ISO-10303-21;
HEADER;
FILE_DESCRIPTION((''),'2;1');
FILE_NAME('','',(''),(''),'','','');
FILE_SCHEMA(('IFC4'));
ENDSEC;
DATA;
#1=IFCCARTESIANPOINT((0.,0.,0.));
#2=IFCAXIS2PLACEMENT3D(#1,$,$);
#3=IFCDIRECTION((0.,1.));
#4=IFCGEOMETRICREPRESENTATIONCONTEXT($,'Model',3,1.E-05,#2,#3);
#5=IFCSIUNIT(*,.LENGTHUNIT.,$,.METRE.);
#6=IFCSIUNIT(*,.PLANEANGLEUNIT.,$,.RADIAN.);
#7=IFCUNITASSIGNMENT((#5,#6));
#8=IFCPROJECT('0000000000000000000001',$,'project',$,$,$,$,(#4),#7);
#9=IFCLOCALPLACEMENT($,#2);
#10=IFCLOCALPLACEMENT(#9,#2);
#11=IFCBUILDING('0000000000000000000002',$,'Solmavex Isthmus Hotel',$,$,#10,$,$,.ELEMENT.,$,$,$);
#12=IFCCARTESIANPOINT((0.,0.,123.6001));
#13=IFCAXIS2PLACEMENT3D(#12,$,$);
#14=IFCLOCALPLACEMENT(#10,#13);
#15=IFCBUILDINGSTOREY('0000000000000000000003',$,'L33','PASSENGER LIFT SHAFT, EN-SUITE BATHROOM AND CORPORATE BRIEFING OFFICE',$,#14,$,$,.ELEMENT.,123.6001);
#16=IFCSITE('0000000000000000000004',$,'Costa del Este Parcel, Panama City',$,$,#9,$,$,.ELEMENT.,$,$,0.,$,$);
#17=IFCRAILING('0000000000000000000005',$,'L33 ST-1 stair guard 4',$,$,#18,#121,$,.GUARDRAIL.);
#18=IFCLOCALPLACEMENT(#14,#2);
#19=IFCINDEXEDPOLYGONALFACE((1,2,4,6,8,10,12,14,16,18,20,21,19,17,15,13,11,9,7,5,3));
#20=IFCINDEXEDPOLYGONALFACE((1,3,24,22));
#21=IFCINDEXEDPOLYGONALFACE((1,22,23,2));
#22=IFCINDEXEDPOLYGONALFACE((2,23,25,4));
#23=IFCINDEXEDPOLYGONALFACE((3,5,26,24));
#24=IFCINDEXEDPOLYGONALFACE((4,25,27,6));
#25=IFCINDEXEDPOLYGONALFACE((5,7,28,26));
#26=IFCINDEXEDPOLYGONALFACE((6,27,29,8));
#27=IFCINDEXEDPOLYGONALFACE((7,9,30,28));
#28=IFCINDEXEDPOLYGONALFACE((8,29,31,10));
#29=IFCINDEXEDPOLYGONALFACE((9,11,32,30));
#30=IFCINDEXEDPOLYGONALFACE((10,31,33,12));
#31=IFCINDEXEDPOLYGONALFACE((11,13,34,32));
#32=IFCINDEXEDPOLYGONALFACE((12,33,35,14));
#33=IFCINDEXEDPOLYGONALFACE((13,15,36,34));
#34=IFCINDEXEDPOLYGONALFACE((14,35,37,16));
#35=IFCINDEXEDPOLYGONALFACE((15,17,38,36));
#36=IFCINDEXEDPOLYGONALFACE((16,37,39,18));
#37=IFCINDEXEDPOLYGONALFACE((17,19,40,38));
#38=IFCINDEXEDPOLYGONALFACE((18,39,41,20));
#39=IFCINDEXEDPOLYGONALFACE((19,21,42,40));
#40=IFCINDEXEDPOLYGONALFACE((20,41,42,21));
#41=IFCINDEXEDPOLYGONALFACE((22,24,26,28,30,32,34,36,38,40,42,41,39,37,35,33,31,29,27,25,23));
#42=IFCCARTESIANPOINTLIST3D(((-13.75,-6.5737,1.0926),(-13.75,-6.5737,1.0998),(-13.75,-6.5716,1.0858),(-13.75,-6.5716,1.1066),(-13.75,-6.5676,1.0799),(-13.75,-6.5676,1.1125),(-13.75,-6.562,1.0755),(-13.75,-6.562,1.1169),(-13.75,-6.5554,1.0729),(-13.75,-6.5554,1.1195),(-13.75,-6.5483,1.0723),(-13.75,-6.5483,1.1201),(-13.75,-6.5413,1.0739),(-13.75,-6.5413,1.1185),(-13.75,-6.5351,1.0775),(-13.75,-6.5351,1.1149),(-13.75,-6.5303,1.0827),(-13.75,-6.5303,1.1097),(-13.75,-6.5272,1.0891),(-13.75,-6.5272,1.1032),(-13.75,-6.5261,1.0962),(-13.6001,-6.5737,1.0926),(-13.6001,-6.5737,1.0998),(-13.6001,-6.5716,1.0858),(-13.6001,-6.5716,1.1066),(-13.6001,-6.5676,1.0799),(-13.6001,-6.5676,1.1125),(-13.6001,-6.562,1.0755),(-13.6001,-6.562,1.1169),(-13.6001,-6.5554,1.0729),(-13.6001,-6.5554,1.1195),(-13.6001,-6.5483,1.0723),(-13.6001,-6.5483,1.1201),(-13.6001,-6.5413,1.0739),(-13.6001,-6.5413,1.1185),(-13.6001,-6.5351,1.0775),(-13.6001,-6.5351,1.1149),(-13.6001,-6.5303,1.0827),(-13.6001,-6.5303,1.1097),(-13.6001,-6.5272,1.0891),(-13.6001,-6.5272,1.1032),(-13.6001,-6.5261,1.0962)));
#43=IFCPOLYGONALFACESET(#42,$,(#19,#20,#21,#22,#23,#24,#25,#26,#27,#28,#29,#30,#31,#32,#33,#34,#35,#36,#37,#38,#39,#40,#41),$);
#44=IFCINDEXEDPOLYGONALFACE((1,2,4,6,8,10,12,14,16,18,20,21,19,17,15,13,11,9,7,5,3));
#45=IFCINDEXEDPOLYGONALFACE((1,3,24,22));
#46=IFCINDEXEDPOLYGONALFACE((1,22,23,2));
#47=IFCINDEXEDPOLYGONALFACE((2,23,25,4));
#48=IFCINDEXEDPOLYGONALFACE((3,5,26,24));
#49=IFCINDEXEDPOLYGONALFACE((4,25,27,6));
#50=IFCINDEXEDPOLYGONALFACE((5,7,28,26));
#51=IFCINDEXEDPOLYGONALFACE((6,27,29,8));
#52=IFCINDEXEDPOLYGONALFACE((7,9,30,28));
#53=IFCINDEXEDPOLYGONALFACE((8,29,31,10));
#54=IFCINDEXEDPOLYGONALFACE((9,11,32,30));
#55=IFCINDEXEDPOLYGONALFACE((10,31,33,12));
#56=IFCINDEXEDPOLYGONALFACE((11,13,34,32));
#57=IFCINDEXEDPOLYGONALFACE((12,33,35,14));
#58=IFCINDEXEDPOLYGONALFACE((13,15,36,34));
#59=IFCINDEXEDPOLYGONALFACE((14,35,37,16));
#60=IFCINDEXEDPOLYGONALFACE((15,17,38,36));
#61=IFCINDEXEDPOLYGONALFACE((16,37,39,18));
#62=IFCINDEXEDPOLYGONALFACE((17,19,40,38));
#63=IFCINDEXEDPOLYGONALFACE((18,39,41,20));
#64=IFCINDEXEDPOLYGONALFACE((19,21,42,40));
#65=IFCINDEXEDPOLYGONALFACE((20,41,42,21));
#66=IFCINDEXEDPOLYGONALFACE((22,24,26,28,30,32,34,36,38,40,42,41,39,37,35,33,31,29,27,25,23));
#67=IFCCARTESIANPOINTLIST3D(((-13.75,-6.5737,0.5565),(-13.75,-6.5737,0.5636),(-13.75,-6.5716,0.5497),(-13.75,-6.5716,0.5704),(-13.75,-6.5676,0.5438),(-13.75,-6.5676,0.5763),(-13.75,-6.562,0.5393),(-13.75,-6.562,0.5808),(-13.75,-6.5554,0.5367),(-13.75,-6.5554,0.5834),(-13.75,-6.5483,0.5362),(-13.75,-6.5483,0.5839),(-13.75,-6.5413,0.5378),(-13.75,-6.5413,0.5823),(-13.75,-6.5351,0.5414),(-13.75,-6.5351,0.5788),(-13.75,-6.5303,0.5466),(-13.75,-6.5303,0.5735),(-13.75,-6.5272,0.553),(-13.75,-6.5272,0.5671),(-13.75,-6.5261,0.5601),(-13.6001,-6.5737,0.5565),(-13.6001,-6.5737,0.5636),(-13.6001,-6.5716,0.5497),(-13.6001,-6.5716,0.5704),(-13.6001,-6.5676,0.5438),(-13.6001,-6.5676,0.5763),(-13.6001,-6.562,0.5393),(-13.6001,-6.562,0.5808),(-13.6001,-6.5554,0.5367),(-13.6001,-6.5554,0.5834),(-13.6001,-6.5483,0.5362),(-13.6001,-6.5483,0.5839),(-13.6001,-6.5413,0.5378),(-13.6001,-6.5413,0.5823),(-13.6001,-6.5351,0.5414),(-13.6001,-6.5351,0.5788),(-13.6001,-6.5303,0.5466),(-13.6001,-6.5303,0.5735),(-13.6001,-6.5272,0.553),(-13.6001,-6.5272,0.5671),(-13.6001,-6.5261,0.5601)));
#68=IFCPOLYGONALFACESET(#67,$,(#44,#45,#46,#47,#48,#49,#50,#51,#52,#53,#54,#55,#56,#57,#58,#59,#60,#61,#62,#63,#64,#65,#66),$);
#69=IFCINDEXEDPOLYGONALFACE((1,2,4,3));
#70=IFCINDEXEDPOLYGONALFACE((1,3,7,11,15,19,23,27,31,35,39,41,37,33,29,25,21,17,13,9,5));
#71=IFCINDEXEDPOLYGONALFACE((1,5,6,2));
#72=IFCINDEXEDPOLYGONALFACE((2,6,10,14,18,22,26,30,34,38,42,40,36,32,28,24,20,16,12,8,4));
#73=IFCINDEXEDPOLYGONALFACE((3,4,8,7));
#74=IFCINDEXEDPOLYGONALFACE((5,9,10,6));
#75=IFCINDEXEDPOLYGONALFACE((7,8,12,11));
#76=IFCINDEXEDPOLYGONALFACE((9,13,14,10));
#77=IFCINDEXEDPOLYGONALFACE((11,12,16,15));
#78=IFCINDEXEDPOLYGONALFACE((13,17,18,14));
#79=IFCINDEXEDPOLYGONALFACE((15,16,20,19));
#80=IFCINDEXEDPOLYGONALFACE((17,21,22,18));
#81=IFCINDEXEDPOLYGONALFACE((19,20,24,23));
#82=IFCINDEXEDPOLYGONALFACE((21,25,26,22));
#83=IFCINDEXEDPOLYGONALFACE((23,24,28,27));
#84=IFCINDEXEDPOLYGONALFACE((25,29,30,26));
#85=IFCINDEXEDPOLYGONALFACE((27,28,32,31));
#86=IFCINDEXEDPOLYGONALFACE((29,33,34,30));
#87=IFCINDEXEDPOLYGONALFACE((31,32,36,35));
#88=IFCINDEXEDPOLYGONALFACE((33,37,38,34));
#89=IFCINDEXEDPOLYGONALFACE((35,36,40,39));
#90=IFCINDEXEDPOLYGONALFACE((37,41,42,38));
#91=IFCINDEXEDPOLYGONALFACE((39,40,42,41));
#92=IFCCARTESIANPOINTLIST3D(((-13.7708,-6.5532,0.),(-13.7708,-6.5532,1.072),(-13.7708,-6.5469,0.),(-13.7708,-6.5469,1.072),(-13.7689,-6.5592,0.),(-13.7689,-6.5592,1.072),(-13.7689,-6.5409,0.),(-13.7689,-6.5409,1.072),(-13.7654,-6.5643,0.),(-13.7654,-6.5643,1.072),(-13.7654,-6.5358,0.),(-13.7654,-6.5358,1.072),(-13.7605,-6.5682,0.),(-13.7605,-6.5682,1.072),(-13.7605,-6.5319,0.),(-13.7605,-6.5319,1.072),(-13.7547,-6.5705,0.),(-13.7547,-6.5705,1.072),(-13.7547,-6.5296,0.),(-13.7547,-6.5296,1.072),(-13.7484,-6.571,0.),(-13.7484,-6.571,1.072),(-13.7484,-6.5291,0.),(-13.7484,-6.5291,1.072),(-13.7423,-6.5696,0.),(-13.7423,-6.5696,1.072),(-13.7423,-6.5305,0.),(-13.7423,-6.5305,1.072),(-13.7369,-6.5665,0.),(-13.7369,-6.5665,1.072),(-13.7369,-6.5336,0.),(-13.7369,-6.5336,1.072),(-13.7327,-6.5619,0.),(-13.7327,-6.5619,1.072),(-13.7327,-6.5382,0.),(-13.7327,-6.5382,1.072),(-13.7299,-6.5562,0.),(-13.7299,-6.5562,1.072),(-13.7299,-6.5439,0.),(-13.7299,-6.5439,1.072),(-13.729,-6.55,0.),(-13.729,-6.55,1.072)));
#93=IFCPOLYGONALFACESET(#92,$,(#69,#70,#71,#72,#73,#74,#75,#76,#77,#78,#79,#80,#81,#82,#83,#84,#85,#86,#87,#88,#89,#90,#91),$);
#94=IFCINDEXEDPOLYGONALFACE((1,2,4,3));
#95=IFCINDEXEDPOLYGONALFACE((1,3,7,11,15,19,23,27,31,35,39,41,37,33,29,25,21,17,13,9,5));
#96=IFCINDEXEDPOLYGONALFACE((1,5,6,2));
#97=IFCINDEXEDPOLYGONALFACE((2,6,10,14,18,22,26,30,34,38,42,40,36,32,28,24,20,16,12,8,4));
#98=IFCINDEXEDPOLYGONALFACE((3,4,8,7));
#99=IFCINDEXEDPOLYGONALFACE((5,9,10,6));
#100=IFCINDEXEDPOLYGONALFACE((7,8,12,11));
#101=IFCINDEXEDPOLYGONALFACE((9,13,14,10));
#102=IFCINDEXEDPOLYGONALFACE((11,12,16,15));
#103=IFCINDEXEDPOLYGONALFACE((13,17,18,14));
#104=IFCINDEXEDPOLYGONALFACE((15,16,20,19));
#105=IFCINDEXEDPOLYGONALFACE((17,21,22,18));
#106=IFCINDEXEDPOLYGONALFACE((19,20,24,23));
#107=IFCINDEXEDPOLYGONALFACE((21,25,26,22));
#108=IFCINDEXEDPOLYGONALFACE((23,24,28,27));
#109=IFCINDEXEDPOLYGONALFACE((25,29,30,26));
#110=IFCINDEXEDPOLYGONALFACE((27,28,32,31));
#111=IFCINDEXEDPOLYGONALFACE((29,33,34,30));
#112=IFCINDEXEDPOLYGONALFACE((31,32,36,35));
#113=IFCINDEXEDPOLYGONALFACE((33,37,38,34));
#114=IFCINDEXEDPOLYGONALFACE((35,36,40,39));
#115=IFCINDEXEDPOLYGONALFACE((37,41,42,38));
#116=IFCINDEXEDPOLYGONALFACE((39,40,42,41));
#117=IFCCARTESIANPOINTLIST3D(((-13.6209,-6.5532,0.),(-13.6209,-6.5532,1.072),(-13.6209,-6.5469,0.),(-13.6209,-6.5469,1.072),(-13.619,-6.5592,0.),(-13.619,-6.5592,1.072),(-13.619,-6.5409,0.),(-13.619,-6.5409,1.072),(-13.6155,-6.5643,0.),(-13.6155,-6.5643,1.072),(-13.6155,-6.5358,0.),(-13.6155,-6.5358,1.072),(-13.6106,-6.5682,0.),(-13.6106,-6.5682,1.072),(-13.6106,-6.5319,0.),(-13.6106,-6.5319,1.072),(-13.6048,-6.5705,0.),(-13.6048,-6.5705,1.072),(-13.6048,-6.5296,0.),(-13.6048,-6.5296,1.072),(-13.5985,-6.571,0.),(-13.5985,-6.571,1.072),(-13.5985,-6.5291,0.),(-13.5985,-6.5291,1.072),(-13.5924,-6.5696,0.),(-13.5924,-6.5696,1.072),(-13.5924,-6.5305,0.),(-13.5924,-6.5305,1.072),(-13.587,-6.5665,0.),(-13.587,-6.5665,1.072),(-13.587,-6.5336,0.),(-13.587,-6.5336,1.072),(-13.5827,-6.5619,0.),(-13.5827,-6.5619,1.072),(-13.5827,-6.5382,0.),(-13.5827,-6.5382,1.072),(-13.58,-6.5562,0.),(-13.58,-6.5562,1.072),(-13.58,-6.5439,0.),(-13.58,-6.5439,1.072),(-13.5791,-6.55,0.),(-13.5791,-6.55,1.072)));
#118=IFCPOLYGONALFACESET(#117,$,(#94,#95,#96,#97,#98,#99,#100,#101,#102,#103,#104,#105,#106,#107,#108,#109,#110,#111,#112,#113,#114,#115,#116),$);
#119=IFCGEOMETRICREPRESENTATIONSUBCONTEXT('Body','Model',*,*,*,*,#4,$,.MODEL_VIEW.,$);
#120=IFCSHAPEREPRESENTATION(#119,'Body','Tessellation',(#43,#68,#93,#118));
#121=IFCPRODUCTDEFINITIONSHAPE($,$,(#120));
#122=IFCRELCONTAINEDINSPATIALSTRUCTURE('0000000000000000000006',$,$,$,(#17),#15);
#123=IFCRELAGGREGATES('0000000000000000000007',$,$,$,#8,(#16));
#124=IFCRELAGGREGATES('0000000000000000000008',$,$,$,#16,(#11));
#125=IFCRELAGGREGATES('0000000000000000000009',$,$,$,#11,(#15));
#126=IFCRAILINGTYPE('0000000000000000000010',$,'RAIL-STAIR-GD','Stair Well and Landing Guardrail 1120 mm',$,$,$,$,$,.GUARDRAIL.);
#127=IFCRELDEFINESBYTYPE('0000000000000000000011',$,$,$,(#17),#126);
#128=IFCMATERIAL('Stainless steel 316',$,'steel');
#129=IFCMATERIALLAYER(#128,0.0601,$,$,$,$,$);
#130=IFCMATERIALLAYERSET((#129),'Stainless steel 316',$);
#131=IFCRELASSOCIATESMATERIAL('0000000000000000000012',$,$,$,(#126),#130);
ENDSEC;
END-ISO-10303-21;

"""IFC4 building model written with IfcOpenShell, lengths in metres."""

from ifc_helpers import new_model, si_unit, direction, frame, origin, origin_2d, place, context, subcontext, project, spatial, circle, extrude, material, layer, layer_set, type_object, element, save


model = new_model("IFC4")

# Units and contexts
model_context = context("Model", 3, precision=1e-05, world=origin(), true_north=direction((0.0, 1.0)))
body_context = subcontext(model_context, "Body", "Model", "MODEL_VIEW")
ifc_project = project(units=[si_unit("LENGTHUNIT", "METRE"), si_unit("PLANEANGLEUNIT", "RADIAN")], contexts=[model_context])

# Site, building, storey
site_placement = place(None, origin())
site = spatial("IfcSite", under=ifc_project, at=site_placement, Name="Costa del Este Parcel, Panama City", CompositionType="ELEMENT", RefElevation=0.0)
building_placement = place(site_placement, origin())
building = spatial("IfcBuilding", under=site, at=building_placement, Name="Solmavex Isthmus Hotel", CompositionType="ELEMENT")
storey_placement = place(building_placement, frame((0.0, 0.0, 123.6001)))
storey = spatial("IfcBuildingStorey", under=building, at=storey_placement, Name="L33", Description="PASSENGER LIFT SHAFT, EN-SUITE BATHROOM AND CORPORATE BRIEFING OFFICE", CompositionType="ELEMENT", Elevation=123.6001)

# Shared definitions
ifc_material_1 = material(Name="Stainless steel 316", Category="steel")

# Railing
ifc_layer_1 = layer(ifc_material_1, 0.0601)
ifc_layer_set_1 = layer_set([ifc_layer_1], Name="Stainless steel 316")
railing_type_1 = type_object("IfcRailingType", Name="RAIL-STAIR-GD", Description="Stair Well and Landing Guardrail 1120 mm", PredefinedType="GUARDRAIL", material=ifc_layer_set_1)
railing_1_placement = place(storey_placement, frame((-13.75, -6.55, 0.0)))
element("IfcRailing", 1, at=railing_1_placement, inside=storey, type_object=railing_type_1, Name="L33 ST-1 stair guard 4", PredefinedType="GUARDRAIL", context=body_context, shape_type="SweptSolid", body=[
    extrude(circle(Radius=0.0239, at=origin_2d()), frame((0.0, 0.0, 1.0962), z_axis=(1.0, 0.0, 0.0), x_axis=(0.0, 1.0, 0.0)), (0.0, 0.0, 1.0), 0.1499),
    extrude(circle(Radius=0.0239, at=origin_2d()), frame((0.0, 0.0, 0.5601), z_axis=(1.0, 0.0, 0.0), x_axis=(0.0, 1.0, 0.0)), (0.0, 0.0, 1.0), 0.1499),
    extrude(circle(Radius=0.021, at=origin_2d()), origin(), (0.0, 0.0, 1.0), 1.072),
    extrude(circle(Radius=0.021, at=origin_2d()), frame((0.1499, 0.0, 0.0)), (0.0, 0.0, 1.0), 1.072),
])

save(model, "model.ifc")
